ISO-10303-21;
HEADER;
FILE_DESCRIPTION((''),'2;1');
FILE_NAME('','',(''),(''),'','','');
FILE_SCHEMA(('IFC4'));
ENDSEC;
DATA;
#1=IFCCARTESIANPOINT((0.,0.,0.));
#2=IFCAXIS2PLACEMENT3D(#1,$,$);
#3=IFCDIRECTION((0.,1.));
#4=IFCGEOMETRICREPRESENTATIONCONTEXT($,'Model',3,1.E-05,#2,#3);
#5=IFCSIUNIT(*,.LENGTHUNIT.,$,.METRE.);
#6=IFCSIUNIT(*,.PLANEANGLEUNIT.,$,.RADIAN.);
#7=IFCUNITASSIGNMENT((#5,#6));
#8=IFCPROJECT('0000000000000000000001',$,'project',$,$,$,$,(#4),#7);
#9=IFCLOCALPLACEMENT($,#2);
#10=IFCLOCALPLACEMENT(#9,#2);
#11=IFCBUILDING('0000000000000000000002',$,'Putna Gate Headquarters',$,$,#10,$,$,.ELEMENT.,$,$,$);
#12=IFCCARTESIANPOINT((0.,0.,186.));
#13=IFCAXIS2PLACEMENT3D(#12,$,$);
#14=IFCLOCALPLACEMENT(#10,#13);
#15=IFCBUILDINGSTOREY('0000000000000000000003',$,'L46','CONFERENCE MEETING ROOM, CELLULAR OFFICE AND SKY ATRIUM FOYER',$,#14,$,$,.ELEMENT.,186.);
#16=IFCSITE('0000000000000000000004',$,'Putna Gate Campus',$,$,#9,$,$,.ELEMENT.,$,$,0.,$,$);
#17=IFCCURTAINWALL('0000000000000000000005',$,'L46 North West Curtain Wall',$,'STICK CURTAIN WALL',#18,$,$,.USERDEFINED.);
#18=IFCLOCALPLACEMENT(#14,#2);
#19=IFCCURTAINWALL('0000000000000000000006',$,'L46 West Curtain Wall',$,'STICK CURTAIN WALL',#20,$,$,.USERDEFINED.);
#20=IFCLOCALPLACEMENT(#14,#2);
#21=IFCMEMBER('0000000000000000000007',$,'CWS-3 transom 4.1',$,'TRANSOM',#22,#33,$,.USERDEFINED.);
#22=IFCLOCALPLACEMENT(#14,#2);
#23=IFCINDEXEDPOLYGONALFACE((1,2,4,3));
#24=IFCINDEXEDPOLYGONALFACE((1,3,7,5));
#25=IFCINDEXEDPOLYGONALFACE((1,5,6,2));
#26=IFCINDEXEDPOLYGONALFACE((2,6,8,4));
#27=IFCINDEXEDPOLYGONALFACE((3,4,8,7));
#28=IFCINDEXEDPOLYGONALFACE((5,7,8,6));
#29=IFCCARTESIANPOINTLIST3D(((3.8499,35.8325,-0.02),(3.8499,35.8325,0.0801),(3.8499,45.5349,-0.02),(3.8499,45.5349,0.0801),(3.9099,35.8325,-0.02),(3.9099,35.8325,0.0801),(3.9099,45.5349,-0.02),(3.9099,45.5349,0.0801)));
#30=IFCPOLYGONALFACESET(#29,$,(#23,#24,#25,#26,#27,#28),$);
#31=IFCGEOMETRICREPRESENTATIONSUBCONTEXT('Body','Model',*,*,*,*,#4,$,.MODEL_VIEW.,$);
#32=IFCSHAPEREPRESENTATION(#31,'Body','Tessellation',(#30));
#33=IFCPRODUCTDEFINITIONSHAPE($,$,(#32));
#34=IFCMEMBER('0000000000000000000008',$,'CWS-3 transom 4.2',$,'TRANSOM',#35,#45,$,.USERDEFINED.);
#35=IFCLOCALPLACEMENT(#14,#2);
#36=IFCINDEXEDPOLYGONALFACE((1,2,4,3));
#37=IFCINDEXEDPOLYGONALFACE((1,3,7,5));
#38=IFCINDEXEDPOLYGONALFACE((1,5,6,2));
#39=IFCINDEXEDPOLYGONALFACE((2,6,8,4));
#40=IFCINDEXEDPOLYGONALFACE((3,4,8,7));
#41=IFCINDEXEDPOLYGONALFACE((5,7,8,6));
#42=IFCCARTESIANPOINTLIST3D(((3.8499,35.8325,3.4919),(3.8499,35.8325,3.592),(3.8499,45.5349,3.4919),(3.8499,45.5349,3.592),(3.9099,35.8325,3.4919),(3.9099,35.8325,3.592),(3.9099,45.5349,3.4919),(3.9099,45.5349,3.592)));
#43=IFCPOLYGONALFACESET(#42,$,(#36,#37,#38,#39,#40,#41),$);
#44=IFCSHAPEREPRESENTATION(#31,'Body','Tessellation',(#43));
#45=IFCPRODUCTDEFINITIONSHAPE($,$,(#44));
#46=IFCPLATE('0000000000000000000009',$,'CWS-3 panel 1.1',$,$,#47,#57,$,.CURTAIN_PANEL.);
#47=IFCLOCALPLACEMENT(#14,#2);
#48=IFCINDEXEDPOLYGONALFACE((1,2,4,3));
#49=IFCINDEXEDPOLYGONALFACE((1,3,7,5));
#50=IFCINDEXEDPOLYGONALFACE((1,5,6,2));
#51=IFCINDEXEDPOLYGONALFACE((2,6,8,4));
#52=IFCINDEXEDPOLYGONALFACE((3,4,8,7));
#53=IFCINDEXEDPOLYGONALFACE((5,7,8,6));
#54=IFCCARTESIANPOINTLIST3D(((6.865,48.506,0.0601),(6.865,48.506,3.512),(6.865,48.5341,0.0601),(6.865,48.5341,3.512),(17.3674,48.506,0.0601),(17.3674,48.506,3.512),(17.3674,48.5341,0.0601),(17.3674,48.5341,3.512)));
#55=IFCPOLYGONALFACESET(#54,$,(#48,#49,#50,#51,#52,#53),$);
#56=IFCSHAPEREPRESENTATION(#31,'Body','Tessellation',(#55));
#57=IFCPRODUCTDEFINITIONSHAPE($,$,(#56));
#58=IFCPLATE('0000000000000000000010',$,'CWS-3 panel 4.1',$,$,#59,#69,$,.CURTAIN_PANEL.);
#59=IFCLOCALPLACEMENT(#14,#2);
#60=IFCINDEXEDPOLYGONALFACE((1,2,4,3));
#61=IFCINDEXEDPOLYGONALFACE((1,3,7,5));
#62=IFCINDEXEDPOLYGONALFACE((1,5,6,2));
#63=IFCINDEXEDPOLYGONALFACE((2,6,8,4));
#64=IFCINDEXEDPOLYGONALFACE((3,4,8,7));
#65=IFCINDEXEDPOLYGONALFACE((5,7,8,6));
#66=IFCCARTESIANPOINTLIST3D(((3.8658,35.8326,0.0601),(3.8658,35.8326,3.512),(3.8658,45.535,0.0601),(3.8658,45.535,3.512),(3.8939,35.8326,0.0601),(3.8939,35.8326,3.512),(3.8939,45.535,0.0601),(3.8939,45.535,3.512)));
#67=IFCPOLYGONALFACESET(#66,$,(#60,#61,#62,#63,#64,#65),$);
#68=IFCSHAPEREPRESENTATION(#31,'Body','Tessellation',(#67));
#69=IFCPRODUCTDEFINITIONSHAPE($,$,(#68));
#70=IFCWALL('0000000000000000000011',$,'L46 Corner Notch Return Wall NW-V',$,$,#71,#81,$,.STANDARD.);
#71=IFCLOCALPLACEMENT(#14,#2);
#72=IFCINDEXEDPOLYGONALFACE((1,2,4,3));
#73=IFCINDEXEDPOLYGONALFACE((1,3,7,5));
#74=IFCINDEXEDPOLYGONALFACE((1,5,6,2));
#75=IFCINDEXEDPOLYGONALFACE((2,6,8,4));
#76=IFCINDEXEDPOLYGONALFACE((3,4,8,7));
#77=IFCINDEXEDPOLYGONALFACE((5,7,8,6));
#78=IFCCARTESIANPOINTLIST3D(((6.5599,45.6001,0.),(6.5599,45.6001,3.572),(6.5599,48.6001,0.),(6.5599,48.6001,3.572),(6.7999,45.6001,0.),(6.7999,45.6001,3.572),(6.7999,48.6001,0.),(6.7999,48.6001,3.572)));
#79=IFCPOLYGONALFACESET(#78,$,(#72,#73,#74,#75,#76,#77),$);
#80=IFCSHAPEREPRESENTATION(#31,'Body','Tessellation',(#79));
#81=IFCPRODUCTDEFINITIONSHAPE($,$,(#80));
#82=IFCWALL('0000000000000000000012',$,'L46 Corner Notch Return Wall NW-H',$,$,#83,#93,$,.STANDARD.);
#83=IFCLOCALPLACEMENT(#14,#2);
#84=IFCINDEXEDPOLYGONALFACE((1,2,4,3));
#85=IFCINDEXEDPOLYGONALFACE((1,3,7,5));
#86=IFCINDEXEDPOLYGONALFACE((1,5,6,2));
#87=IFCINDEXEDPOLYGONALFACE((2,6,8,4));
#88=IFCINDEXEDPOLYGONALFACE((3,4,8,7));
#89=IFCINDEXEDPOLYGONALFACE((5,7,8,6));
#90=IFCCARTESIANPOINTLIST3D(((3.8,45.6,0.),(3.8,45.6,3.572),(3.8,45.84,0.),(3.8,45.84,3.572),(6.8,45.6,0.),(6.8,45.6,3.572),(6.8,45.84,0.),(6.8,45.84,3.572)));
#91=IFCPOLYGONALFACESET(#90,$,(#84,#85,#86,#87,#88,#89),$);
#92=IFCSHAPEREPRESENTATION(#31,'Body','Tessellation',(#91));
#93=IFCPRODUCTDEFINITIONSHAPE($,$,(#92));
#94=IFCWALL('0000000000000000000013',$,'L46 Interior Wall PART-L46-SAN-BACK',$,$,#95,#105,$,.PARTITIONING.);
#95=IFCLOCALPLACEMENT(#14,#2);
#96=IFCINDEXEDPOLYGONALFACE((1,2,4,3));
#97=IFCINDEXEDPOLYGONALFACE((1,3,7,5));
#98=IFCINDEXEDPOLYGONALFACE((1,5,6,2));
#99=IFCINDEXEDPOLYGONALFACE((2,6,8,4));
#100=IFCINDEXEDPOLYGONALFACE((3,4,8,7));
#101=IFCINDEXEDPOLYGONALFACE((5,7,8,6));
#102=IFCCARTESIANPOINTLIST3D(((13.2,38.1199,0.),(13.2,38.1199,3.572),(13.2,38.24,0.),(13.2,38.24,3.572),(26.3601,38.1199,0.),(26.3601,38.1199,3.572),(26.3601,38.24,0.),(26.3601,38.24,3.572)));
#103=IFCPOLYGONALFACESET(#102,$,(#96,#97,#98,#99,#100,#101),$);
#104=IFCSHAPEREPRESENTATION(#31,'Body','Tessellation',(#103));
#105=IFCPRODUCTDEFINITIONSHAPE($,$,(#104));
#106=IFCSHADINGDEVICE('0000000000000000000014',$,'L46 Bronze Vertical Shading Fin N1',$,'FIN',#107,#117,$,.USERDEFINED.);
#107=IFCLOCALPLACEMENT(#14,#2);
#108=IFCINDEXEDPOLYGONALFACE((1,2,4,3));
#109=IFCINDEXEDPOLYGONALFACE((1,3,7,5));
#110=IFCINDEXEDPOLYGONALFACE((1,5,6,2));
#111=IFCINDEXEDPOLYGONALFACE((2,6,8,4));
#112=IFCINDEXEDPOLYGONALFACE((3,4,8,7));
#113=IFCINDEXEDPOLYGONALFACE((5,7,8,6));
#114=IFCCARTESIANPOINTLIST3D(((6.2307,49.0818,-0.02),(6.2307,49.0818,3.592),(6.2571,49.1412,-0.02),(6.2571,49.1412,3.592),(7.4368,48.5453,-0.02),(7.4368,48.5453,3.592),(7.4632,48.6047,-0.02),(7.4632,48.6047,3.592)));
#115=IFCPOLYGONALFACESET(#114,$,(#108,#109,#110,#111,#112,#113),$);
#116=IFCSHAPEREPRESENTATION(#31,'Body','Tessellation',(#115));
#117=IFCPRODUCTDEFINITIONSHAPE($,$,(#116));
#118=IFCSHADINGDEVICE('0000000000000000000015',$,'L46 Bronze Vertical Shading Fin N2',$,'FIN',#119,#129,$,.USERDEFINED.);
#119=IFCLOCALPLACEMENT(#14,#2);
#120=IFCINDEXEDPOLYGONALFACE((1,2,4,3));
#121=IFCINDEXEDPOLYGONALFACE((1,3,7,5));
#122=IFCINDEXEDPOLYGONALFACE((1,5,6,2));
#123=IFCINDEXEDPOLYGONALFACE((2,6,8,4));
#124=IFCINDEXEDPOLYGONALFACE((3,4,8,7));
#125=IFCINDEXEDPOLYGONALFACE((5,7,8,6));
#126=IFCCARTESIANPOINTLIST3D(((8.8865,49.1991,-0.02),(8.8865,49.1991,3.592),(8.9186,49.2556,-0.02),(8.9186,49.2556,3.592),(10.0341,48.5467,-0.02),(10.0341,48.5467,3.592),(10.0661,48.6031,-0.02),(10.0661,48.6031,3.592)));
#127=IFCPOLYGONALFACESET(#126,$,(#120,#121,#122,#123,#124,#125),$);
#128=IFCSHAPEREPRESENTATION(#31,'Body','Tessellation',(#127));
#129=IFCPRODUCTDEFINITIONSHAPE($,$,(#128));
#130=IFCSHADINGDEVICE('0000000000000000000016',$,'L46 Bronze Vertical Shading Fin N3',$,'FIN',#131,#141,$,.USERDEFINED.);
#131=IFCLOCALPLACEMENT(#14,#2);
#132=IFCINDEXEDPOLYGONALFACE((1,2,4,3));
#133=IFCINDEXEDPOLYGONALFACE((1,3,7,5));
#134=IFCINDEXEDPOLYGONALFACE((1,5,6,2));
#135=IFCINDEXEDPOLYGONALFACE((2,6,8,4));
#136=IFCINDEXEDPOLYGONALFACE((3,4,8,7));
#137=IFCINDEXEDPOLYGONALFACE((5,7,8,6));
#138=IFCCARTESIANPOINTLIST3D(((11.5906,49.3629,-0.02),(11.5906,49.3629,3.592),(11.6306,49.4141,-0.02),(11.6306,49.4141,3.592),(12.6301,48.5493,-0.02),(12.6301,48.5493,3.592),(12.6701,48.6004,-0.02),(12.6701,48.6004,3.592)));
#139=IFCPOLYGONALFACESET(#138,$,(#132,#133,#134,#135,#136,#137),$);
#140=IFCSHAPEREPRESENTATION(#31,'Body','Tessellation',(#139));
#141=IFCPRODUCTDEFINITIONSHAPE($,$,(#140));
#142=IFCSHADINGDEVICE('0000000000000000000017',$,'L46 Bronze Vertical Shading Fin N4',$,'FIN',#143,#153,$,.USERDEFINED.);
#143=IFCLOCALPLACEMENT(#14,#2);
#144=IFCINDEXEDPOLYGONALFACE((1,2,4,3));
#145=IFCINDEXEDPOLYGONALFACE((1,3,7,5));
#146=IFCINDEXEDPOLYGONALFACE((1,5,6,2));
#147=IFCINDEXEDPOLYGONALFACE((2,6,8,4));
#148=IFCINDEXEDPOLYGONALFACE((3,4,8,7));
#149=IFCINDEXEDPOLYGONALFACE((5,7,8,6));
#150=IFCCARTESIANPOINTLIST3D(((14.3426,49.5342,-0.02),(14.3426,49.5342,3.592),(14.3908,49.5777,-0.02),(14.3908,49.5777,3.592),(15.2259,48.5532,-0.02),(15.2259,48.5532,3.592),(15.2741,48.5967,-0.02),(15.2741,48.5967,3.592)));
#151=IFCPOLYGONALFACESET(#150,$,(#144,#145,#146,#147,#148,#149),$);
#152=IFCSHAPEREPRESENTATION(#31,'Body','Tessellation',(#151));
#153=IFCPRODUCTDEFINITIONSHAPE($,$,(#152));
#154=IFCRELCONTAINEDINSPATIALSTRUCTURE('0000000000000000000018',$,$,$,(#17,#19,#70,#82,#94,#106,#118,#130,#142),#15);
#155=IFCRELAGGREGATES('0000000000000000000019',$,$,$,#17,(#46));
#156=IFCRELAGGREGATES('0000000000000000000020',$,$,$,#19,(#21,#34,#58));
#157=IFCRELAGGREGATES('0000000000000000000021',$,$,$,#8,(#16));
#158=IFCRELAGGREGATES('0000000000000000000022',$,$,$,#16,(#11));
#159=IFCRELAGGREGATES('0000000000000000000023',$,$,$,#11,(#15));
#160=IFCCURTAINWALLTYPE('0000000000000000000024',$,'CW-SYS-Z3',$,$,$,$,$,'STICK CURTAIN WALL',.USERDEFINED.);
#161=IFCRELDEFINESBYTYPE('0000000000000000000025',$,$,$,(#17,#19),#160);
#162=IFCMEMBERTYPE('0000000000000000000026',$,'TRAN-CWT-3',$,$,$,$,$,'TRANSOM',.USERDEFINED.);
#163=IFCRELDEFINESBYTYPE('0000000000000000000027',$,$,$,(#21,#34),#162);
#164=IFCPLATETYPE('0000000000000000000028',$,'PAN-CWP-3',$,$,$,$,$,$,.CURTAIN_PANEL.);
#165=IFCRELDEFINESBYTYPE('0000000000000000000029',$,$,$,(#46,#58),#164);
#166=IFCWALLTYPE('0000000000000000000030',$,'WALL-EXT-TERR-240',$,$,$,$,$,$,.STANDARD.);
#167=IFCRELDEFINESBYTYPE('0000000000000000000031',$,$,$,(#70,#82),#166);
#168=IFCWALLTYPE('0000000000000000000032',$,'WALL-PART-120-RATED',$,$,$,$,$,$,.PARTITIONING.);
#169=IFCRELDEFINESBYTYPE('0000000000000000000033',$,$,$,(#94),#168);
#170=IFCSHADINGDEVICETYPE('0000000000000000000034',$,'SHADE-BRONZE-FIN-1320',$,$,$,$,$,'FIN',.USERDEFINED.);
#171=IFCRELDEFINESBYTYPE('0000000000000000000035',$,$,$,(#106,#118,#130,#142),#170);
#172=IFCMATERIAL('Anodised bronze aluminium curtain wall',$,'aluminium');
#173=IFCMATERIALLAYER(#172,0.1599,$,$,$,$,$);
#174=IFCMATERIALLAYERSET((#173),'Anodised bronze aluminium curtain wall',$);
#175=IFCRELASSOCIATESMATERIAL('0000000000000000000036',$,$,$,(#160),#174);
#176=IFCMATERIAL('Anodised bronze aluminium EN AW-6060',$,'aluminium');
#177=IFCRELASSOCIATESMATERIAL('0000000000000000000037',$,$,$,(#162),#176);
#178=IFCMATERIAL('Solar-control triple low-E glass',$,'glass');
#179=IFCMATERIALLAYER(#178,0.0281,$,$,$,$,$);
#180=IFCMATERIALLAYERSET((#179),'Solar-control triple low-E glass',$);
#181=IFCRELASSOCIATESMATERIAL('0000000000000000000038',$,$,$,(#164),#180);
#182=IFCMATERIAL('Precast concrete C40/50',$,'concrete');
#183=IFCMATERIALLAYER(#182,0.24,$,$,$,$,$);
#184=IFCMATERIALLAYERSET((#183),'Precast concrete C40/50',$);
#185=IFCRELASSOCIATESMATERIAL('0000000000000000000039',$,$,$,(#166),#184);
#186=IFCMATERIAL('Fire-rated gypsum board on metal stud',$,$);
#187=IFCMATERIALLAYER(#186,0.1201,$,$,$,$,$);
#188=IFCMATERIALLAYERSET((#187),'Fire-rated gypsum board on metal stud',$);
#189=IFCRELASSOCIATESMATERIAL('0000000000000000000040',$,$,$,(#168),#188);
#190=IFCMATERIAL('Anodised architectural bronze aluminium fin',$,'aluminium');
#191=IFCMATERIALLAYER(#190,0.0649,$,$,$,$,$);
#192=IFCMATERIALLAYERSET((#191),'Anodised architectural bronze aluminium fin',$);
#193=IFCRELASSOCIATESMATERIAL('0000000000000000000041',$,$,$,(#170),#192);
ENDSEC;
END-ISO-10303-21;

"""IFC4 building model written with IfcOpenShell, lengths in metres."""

from ifc_helpers import new_model, si_unit, direction, frame, frame_2d, origin, origin_2d, place, context, subcontext, project, spatial, rectangle, extrude, material, layer, layer_set, material_profile, profile_set, type_object, element, aggregate, save


model = new_model("IFC4")

# Units and contexts
model_context = context("Model", 3, precision=1e-05, world=origin(), true_north=direction((0.0, 1.0)))
body_context = subcontext(model_context, "Body", "Model", "MODEL_VIEW")
ifc_project = project(units=[si_unit("LENGTHUNIT", "METRE"), si_unit("PLANEANGLEUNIT", "RADIAN")], contexts=[model_context])

# Site, building, storey
site_placement = place(None, origin())
site = spatial("IfcSite", under=ifc_project, at=site_placement, Name="Putna Gate Campus", CompositionType="ELEMENT", RefElevation=0.0)
building_placement = place(site_placement, origin())
building = spatial("IfcBuilding", under=site, at=building_placement, Name="Putna Gate Headquarters", CompositionType="ELEMENT")
storey_placement = place(building_placement, frame((0.0, 0.0, 186.0)))
storey = spatial("IfcBuildingStorey", under=building, at=storey_placement, Name="L46", Description="CONFERENCE MEETING ROOM, CELLULAR OFFICE AND SKY ATRIUM FOYER", CompositionType="ELEMENT", Elevation=186.0)

# Curtain wall
ifc_material_1 = material(Name="Anodised bronze aluminium curtain wall", Category="aluminium")
ifc_layer_1 = layer(ifc_material_1, 0.1599)
ifc_layer_set_1 = layer_set([ifc_layer_1], Name="Anodised bronze aluminium curtain wall")
curtain_wall_type = type_object("IfcCurtainWallType", Name="CW-SYS-Z3", ElementType="STICK CURTAIN WALL", PredefinedType="USERDEFINED", material=ifc_layer_set_1)
curtain_wall_1_placement = place(storey_placement, origin())
curtain_wall_1 = element("IfcCurtainWall", 1, at=curtain_wall_1_placement, inside=storey, type_object=curtain_wall_type, Name="L46 North West Curtain Wall", ObjectType="STICK CURTAIN WALL", PredefinedType="USERDEFINED")
ifc_material_2 = material(Name="Anodised bronze aluminium EN AW-6060", Category="aluminium")

# Curtain wall
curtain_wall_2_placement = place(storey_placement, origin())
curtain_wall_2 = element("IfcCurtainWall", 2, at=curtain_wall_2_placement, inside=storey, type_object=curtain_wall_type, Name="L46 West Curtain Wall", ObjectType="STICK CURTAIN WALL", PredefinedType="USERDEFINED")

# Members
ifc_material_profile_1 = material_profile(ifc_material_2, rectangle(XDim=0.0601, YDim=0.1001, at=origin_2d()), Name="Anodised bronze aluminium EN AW-6060")
ifc_profile_set_1 = profile_set([ifc_material_profile_1], Name="Anodised bronze aluminium EN AW-6060")
member_type_1 = type_object("IfcMemberType", Name="TRAN-CWT-3", ElementType="TRANSOM", PredefinedType="USERDEFINED", material=ifc_profile_set_1)
member_1_placement = place(storey_placement, frame((3.8799, 35.8325, 0.03), z_axis=(0.0, 1.0, 0.0), x_axis=(-1.0, 0.0, 0.0)))
member_1 = element("IfcMember", 3, at=member_1_placement, type_object=member_type_1, Name="CWS-3 transom 4.1", ObjectType="TRANSOM", PredefinedType="USERDEFINED", context=body_context, shape_type="SweptSolid", body=[
    extrude(rectangle(XDim=0.0601, YDim=0.1001, at=origin_2d()), origin(), (0.0, 0.0, 1.0), 9.7024),
])
member_2_placement = place(storey_placement, frame((3.8799, 35.8325, 3.542), z_axis=(0.0, 1.0, 0.0), x_axis=(-1.0, 0.0, 0.0)))
member_2 = element("IfcMember", 4, at=member_2_placement, type_object=member_type_1, Name="CWS-3 transom 4.2", ObjectType="TRANSOM", PredefinedType="USERDEFINED", context=body_context, shape_type="SweptSolid", body=[
    extrude(rectangle(XDim=0.0601, YDim=0.1001, at=origin_2d()), origin(), (0.0, 0.0, 1.0), 9.7024),
])

# Plates
ifc_material_3 = material(Name="Solar-control triple low-E glass", Category="glass")
ifc_layer_2 = layer(ifc_material_3, 0.0281)
ifc_layer_set_2 = layer_set([ifc_layer_2], Name="Solar-control triple low-E glass")
plate_type = type_object("IfcPlateType", Name="PAN-CWP-3", PredefinedType="CURTAIN_PANEL", material=ifc_layer_set_2)
plate_1_placement = place(storey_placement, frame((12.1162, 48.52, 0.0601), z_axis=(0.0, 0.0, 1.0), x_axis=(1.0, 0.0, 0.0)))
plate_1 = element("IfcPlate", 5, at=plate_1_placement, type_object=plate_type, Name="CWS-3 panel 1.1", PredefinedType="CURTAIN_PANEL", context=body_context, shape_type="SweptSolid", body=[
    extrude(rectangle(XDim=10.5024, YDim=0.0281, at=origin_2d()), origin(), (0.0, 0.0, 1.0), 3.4519),
])
aggregate(curtain_wall_1, [plate_1])
plate_2_placement = place(storey_placement, frame((3.8799, 40.6838, 0.0601), z_axis=(0.0, 0.0, 1.0), x_axis=(0.0, 1.0, 0.0)))
plate_2 = element("IfcPlate", 6, at=plate_2_placement, type_object=plate_type, Name="CWS-3 panel 4.1", PredefinedType="CURTAIN_PANEL", context=body_context, shape_type="SweptSolid", body=[
    extrude(rectangle(XDim=9.7024, YDim=0.0281, at=origin_2d()), origin(), (0.0, 0.0, 1.0), 3.4519),
])
aggregate(curtain_wall_2, [member_1, member_2, plate_2])

# Walls
ifc_material_4 = material(Name="Precast concrete C40/50", Category="concrete")
ifc_layer_3 = layer(ifc_material_4, 0.24)
ifc_layer_set_3 = layer_set([ifc_layer_3], Name="Precast concrete C40/50")
wall_type_1 = type_object("IfcWallType", Name="WALL-EXT-TERR-240", PredefinedType="STANDARD", material=ifc_layer_set_3)
for number, where, z_axis, x_axis, name in (
    (7, (6.6799, 45.6001, 0.0), (0.0, 0.0, 1.0), (0.0, 1.0, 0.0), "L46 Corner Notch Return Wall NW-V"),
    (8, (3.8, 45.72, 0.0), (0.0, 0.0, 1.0), (1.0, 0.0, 0.0), "L46 Corner Notch Return Wall NW-H"),
):
    element("IfcWall", number, at=place(storey_placement, frame(where, z_axis=z_axis, x_axis=x_axis)), inside=storey, type_object=wall_type_1, Name=name, PredefinedType="STANDARD", context=body_context, shape_type="SweptSolid", body=[
        extrude(rectangle(XDim=3.0, YDim=0.24, at=frame_2d((1.5, 0.0))), origin(), (0.0, 0.0, 1.0), 3.572),
    ])
ifc_material_5 = material(Name="Fire-rated gypsum board on metal stud")
ifc_layer_4 = layer(ifc_material_5, 0.1201)
ifc_layer_set_4 = layer_set([ifc_layer_4], Name="Fire-rated gypsum board on metal stud")
wall_type_2 = type_object("IfcWallType", Name="WALL-PART-120-RATED", PredefinedType="PARTITIONING", material=ifc_layer_set_4)
wall_placement = place(storey_placement, frame((13.2, 38.1799, 0.0), z_axis=(0.0, 0.0, 1.0), x_axis=(1.0, 0.0, 0.0)))
element("IfcWall", 9, at=wall_placement, inside=storey, type_object=wall_type_2, Name="L46 Interior Wall PART-L46-SAN-BACK", PredefinedType="PARTITIONING", context=body_context, shape_type="SweptSolid", body=[
    extrude(rectangle(XDim=13.1602, YDim=0.1201, at=frame_2d((6.5801, 0.0))), origin(), (0.0, 0.0, 1.0), 3.572),
])

# Shading devices
ifc_material_6 = material(Name="Anodised architectural bronze aluminium fin", Category="aluminium")
ifc_layer_5 = layer(ifc_material_6, 0.0649)
ifc_layer_set_5 = layer_set([ifc_layer_5], Name="Anodised architectural bronze aluminium fin")
shading_device_type = type_object("IfcShadingDeviceType", Name="SHADE-BRONZE-FIN-1320", ElementType="FIN", PredefinedType="USERDEFINED", material=ifc_layer_set_5)
for number, where, z_axis, x_axis, name in (
    (10, (6.8469, 48.8433, -0.02), (0.0, 0.0, 1.0), (-0.913687, 0.406418, 0.0), "L46 Bronze Vertical Shading Fin N1"),
    (11, (9.4763, 48.9011, -0.02), (0.0, 0.0, 1.0), (-0.869322, 0.494245, 0.0), "L46 Bronze Vertical Shading Fin N2"),
    (12, (12.1304, 48.9817, -0.02), (0.0, 0.0, 1.0), (-0.787473, 0.616349, 0.0), "L46 Bronze Vertical Shading Fin N3"),
    (13, (14.8083, 49.0654, -0.02), (0.0, 0.0, 1.0), (-0.669131, 0.743145, 0.0), "L46 Bronze Vertical Shading Fin N4"),
):
    element("IfcShadingDevice", number, at=place(storey_placement, frame(where, z_axis=z_axis, x_axis=x_axis)), inside=storey, type_object=shading_device_type, Name=name, ObjectType="FIN", PredefinedType="USERDEFINED", context=body_context, shape_type="SweptSolid", body=[
        extrude(rectangle(XDim=1.3201, YDim=0.0649, at=origin_2d()), origin(), (0.0, 0.0, 1.0), 3.6121),
    ])

save(model, "model.ifc")
